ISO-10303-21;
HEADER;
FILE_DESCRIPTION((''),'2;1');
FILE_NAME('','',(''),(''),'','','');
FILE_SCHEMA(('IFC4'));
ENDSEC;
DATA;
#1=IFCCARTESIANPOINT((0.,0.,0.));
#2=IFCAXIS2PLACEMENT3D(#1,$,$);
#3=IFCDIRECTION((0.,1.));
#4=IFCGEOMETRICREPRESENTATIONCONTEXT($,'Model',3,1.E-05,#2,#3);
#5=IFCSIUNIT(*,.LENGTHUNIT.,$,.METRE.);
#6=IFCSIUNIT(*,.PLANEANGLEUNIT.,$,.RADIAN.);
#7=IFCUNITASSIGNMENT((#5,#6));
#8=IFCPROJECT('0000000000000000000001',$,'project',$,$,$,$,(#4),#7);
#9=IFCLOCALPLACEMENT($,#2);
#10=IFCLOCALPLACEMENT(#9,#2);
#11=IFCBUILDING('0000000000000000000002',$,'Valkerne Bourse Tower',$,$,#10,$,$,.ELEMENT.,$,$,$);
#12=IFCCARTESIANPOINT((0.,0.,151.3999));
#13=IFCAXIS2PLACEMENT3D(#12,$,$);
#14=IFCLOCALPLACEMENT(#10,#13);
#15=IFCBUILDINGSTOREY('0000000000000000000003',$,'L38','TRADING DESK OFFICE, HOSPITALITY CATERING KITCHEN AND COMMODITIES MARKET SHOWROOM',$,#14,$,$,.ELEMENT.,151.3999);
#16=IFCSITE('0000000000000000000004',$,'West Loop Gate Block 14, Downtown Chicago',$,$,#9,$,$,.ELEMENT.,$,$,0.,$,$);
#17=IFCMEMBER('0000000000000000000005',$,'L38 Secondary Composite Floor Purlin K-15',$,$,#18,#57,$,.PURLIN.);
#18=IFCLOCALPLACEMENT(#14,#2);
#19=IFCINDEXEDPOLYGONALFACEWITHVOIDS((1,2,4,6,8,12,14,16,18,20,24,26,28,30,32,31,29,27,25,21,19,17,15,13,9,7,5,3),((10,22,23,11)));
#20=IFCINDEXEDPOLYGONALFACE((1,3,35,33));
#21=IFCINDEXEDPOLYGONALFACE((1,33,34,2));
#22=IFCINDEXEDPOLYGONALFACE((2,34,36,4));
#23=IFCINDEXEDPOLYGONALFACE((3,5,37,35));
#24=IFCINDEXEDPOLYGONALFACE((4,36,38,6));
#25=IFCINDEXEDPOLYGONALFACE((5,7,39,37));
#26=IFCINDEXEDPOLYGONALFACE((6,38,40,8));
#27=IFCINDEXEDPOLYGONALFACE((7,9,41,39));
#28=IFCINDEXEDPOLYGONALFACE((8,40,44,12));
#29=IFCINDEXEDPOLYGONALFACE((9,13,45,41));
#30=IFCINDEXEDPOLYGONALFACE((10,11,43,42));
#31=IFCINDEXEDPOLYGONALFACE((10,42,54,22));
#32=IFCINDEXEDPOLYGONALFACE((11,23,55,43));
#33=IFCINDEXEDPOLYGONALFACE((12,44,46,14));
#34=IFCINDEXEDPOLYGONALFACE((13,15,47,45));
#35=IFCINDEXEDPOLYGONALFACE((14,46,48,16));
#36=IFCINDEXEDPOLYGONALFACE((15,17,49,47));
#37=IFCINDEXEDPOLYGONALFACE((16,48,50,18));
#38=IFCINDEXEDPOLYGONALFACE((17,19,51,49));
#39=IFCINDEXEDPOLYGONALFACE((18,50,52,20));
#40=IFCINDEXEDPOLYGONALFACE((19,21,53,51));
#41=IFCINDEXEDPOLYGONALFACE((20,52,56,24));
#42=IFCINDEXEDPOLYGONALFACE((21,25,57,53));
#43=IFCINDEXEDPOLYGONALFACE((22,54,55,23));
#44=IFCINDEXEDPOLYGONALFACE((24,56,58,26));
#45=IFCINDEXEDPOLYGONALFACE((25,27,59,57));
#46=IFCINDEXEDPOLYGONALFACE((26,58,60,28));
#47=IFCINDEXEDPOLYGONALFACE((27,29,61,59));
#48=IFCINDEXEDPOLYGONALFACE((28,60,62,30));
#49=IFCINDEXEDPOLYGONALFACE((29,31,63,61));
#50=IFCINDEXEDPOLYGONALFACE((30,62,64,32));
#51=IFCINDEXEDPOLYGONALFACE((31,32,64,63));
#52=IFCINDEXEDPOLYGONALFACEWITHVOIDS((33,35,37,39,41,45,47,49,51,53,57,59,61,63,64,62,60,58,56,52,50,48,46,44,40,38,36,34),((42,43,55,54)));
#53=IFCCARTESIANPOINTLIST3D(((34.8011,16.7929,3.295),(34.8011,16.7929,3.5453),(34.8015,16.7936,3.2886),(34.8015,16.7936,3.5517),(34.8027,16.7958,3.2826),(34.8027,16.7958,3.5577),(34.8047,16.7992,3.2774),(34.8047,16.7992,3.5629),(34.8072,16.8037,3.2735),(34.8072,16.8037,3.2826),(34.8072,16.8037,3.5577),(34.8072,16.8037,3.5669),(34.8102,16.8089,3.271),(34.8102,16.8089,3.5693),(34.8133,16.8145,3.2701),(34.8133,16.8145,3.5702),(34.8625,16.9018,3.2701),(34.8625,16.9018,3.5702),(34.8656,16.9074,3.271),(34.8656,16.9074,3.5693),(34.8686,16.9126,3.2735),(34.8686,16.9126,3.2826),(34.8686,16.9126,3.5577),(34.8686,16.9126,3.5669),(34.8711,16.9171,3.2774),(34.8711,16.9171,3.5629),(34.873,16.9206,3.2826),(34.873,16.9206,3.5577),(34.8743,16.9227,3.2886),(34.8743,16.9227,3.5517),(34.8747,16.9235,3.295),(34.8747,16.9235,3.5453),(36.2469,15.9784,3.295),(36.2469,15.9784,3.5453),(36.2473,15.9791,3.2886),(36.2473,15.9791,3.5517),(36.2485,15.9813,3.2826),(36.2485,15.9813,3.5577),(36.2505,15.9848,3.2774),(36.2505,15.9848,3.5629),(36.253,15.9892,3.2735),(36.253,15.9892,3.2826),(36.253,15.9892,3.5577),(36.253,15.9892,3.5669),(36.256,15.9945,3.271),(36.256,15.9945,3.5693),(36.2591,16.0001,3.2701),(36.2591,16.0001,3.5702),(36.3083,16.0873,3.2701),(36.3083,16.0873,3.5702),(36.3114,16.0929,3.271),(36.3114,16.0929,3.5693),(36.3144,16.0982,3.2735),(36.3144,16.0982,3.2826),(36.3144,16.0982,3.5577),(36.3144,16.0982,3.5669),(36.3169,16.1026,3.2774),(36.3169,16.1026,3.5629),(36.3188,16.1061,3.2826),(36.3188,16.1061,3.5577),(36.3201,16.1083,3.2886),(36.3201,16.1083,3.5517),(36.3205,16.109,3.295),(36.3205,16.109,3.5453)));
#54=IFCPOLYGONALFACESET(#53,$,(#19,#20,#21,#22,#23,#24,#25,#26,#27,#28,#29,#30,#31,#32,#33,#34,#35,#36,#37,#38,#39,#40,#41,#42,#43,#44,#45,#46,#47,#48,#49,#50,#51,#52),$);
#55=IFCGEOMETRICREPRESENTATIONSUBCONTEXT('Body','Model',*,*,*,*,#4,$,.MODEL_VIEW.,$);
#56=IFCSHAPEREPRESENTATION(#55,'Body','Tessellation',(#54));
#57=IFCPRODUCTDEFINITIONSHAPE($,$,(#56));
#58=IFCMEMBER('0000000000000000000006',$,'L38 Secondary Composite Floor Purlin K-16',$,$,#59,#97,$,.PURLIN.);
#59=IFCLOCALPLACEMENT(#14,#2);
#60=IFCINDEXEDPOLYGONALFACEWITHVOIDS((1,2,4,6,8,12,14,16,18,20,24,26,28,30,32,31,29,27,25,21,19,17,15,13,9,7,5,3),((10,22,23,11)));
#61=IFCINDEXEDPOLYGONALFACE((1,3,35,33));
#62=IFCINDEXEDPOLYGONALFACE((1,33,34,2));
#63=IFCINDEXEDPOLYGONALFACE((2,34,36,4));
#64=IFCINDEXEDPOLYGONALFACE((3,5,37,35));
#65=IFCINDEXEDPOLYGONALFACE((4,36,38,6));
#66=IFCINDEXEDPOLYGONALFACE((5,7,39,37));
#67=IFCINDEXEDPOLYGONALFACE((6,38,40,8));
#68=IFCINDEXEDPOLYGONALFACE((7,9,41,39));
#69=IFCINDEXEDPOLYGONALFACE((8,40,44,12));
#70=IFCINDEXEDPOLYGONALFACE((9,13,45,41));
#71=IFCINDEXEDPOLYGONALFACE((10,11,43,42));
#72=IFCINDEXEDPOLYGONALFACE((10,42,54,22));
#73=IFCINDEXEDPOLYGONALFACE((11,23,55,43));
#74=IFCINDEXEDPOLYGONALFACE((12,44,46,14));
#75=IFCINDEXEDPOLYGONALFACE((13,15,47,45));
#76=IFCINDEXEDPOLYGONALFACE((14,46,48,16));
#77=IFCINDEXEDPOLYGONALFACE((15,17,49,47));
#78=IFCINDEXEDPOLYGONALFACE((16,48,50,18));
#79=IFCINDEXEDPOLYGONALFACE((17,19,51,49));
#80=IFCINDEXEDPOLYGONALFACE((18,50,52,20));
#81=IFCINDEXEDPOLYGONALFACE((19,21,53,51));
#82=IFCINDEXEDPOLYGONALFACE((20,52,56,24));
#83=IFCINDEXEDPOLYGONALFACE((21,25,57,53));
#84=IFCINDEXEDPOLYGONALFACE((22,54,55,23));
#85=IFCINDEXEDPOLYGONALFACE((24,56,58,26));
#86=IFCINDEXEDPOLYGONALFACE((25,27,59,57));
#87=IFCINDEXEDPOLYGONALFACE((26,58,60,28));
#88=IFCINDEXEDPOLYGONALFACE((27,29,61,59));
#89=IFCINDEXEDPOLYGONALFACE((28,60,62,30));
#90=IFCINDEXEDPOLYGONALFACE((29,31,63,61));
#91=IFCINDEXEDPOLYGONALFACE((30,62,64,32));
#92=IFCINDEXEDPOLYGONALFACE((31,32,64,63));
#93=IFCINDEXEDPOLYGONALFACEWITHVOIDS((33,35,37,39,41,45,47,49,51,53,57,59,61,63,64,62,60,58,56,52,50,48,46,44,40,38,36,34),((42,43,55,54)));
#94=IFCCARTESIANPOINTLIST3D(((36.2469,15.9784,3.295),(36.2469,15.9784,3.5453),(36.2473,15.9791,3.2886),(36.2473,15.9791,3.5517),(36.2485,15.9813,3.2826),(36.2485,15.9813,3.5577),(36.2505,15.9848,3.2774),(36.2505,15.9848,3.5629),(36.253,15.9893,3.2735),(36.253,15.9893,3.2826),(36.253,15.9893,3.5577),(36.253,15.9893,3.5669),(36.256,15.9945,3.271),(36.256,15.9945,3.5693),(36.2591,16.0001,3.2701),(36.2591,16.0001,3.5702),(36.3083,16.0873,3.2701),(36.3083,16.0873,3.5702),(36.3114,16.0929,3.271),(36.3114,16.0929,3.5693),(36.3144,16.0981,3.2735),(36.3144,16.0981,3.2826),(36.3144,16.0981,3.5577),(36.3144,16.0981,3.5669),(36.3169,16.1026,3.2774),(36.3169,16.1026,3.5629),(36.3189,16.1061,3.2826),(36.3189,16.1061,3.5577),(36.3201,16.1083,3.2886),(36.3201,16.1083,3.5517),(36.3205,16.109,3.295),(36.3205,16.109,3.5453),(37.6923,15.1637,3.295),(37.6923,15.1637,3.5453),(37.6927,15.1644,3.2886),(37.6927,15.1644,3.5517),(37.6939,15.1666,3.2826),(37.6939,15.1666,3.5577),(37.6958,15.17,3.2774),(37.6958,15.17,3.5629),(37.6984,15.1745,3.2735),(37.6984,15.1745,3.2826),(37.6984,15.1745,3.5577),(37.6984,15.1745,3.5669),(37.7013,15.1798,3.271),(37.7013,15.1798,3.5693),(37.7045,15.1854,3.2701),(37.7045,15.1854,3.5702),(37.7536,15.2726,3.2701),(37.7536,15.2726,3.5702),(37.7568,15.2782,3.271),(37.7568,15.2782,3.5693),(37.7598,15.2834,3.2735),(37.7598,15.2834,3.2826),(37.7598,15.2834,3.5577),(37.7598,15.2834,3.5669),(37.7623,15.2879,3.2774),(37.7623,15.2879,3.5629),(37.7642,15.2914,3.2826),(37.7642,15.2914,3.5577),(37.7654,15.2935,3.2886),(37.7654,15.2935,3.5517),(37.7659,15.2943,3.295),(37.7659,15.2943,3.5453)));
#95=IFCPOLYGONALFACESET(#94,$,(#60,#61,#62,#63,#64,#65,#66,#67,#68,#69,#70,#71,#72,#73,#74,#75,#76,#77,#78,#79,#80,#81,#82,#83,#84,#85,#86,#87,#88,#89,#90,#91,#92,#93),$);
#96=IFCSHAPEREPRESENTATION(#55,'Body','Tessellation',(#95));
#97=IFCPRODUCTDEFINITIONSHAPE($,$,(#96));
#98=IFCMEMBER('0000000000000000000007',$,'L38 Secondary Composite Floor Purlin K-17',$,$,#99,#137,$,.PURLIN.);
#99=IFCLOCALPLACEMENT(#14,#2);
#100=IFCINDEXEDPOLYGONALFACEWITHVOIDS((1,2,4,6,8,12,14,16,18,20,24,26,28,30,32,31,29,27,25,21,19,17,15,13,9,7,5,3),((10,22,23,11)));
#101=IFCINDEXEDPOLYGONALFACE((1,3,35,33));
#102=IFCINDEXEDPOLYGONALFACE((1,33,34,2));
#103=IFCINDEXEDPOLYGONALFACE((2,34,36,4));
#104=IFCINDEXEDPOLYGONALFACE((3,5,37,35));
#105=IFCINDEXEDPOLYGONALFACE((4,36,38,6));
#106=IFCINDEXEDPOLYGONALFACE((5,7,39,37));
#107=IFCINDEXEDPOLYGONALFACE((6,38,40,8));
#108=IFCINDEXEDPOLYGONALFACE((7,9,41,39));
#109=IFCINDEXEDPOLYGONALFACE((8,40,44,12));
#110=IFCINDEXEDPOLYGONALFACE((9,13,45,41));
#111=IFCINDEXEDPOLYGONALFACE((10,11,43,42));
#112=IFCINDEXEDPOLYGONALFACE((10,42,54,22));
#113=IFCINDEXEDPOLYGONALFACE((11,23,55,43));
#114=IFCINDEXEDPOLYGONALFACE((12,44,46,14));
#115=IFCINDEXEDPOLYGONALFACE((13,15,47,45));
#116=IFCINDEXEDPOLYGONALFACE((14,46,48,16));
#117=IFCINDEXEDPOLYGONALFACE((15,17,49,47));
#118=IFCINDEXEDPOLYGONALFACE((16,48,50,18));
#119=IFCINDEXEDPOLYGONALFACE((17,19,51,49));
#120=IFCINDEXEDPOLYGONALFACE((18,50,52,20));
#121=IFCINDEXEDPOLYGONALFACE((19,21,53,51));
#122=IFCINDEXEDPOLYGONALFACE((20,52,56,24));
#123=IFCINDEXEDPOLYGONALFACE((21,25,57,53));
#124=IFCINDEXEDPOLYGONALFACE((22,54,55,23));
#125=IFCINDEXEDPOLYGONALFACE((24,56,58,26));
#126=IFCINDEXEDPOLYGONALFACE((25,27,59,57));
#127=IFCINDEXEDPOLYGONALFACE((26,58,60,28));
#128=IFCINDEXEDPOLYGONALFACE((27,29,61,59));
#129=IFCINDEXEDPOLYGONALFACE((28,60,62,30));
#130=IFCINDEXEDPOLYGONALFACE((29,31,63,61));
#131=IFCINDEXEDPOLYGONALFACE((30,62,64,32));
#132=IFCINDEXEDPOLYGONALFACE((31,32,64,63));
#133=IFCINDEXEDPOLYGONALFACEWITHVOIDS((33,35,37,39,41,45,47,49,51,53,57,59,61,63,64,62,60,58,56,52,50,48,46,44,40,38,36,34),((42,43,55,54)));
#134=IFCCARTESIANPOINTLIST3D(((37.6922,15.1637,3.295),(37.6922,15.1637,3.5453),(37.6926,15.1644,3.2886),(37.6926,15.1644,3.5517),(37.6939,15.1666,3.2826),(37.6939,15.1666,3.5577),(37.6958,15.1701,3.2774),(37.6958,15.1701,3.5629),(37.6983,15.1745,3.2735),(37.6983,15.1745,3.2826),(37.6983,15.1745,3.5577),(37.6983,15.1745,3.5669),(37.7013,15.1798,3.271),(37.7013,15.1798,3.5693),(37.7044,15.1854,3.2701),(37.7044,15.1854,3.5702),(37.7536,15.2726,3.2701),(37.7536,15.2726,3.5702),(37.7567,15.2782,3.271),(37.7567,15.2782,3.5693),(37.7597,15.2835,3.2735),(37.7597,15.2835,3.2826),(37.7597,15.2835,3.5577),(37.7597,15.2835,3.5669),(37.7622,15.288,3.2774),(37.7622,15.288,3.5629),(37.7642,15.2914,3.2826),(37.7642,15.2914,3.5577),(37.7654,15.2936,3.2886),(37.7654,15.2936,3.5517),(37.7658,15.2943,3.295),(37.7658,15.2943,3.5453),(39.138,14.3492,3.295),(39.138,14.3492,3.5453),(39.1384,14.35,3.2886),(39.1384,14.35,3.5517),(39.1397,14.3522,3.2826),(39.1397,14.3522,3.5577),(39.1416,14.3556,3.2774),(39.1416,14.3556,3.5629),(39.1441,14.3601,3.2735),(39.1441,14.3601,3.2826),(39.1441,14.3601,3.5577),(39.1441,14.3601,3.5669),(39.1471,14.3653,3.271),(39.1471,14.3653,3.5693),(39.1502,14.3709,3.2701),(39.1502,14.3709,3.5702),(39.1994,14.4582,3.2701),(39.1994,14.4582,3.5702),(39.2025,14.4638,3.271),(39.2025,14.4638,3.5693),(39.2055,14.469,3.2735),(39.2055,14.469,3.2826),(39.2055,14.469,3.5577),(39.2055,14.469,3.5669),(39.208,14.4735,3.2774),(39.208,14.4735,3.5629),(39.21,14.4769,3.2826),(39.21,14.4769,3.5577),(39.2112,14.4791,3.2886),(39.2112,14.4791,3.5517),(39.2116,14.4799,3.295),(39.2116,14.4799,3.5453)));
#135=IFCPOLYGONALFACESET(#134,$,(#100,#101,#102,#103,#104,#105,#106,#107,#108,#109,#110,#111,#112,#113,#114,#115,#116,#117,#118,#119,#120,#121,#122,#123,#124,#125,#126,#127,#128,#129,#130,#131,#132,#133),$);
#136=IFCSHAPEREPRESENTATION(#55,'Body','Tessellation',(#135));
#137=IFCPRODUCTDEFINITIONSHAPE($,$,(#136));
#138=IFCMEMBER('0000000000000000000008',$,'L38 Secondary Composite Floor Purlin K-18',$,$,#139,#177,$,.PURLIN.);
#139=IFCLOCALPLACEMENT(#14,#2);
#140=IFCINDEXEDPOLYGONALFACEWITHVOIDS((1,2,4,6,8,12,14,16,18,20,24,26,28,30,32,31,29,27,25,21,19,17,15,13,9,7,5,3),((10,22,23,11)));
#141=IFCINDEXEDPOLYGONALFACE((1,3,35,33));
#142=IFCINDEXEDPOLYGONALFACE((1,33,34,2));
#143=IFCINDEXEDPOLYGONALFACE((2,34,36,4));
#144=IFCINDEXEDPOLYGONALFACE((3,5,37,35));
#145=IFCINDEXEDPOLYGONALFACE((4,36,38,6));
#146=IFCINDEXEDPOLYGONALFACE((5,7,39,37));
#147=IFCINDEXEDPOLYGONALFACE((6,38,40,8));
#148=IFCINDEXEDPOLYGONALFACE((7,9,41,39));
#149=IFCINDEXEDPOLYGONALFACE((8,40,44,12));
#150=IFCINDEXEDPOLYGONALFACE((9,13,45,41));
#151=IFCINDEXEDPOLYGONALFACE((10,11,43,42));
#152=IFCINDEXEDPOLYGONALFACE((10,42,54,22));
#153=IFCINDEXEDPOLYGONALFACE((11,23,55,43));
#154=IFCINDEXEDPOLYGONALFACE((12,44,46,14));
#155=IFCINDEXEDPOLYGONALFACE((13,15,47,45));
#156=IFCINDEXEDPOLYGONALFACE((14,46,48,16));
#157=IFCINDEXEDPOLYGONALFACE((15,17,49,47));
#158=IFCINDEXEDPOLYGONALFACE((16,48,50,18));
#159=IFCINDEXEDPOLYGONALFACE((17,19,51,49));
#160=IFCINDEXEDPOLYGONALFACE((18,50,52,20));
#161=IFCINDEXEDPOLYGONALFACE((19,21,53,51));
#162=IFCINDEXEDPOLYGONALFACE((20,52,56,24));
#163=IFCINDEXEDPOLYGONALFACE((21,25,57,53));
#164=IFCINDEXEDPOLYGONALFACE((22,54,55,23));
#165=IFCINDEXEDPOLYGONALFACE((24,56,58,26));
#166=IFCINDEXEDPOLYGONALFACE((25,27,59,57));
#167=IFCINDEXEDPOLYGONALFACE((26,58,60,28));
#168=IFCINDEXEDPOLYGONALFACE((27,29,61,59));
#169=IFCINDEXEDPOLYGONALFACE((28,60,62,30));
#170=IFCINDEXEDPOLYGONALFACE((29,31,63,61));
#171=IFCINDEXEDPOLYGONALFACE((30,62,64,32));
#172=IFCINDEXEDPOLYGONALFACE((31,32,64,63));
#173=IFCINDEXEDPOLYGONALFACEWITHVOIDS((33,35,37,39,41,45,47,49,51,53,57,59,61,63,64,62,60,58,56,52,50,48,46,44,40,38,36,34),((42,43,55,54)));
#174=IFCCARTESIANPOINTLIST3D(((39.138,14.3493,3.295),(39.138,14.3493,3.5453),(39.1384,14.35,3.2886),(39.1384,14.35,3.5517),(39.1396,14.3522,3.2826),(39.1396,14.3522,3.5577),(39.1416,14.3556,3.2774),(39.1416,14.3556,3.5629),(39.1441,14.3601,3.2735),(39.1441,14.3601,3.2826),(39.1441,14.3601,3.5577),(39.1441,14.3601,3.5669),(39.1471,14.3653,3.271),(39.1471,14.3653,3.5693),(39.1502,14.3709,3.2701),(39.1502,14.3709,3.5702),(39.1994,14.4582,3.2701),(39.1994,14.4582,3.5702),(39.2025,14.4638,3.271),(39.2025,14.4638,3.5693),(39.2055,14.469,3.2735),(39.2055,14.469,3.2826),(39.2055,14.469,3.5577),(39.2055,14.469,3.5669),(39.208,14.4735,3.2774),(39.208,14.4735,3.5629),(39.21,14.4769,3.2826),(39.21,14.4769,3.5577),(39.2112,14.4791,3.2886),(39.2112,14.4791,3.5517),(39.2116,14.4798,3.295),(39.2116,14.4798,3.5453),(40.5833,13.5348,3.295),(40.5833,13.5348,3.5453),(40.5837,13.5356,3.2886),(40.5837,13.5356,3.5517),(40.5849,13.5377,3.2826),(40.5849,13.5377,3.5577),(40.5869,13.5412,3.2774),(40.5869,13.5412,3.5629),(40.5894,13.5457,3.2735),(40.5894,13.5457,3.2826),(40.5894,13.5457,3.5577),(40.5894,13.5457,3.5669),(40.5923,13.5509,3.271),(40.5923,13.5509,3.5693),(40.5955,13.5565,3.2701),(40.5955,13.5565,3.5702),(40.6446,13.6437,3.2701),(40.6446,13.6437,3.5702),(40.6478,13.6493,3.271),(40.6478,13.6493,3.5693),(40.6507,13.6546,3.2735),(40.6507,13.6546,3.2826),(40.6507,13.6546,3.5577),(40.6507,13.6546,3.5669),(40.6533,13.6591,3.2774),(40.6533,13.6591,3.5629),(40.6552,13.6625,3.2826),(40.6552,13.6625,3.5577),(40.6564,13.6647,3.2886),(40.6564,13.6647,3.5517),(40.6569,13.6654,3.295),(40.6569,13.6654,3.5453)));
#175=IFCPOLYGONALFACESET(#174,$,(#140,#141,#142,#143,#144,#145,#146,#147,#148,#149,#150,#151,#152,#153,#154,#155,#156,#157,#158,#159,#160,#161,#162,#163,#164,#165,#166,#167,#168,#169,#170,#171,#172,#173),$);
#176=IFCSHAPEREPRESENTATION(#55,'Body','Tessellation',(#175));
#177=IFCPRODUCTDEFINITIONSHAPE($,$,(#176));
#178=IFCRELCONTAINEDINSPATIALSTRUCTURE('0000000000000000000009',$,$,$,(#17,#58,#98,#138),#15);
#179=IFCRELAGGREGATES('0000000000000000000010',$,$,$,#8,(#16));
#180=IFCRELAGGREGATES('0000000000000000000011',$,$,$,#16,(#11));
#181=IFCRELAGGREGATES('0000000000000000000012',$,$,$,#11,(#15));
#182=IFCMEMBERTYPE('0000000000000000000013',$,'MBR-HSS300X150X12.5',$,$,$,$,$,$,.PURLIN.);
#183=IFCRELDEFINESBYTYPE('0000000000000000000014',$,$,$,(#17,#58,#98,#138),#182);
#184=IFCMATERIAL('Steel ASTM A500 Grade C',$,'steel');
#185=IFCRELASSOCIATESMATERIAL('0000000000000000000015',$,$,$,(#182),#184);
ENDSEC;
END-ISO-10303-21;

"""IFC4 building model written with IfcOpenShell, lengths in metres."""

from ifc_helpers import new_model, si_unit, direction, frame, origin, origin_2d, place, context, subcontext, project, spatial, hollow_rectangle, extrude, material, material_profile, profile_set, type_object, element, save


model = new_model("IFC4")

# Units and contexts
model_context = context("Model", 3, precision=1e-05, world=origin(), true_north=direction((0.0, 1.0)))
body_context = subcontext(model_context, "Body", "Model", "MODEL_VIEW")
ifc_project = project(units=[si_unit("LENGTHUNIT", "METRE"), si_unit("PLANEANGLEUNIT", "RADIAN")], contexts=[model_context])

# Site, building, storey
site_placement = place(None, origin())
site = spatial("IfcSite", under=ifc_project, at=site_placement, Name="West Loop Gate Block 14, Downtown Chicago", CompositionType="ELEMENT", RefElevation=0.0)
building_placement = place(site_placement, origin())
building = spatial("IfcBuilding", under=site, at=building_placement, Name="Valkerne Bourse Tower", CompositionType="ELEMENT")
storey_placement = place(building_placement, frame((0.0, 0.0, 151.3999)))
storey = spatial("IfcBuildingStorey", under=building, at=storey_placement, Name="L38", Description="TRADING DESK OFFICE, HOSPITALITY CATERING KITCHEN AND COMMODITIES MARKET SHOWROOM", CompositionType="ELEMENT", Elevation=151.3999)

# Members
ifc_material_1 = material(Name="Steel ASTM A500 Grade C", Category="steel")
ifc_material_profile_1 = material_profile(ifc_material_1, hollow_rectangle(XDim=0.1499, YDim=0.3, WallThickness=0.0125, OuterFilletRadius=0.0249, at=origin_2d()), Name="HSS300X150X12.5")
ifc_profile_set_1 = profile_set([ifc_material_profile_1], Name="Steel ASTM A500 Grade C")
member_type_1 = type_object("IfcMemberType", Name="MBR-HSS300X150X12.5", PredefinedType="PURLIN", material=ifc_profile_set_1)
member_1_placement = place(storey_placement, frame((34.8379, 16.8582, 3.4202), z_axis=(0.871269, -0.490806, 0.0), x_axis=(0.490806, 0.871269, 0.0)))
element("IfcMember", 1, at=member_1_placement, inside=storey, type_object=member_type_1, Name="L38 Secondary Composite Floor Purlin K-15", PredefinedType="PURLIN", context=body_context, shape_type="SweptSolid", body=[
    extrude(hollow_rectangle(XDim=0.1499, YDim=0.3, WallThickness=0.0125, OuterFilletRadius=0.0249, at=origin_2d()), origin(), (0.0, 0.0, 1.0), 1.6594),
])
member_2_placement = place(storey_placement, frame((36.2837, 16.0437, 3.4202), z_axis=(0.871135, -0.491044, 0.0), x_axis=(0.491044, 0.871135, 0.0)))
element("IfcMember", 2, at=member_2_placement, inside=storey, type_object=member_type_1, Name="L38 Secondary Composite Floor Purlin K-16", PredefinedType="PURLIN", context=body_context, shape_type="SweptSolid", body=[
    extrude(hollow_rectangle(XDim=0.1499, YDim=0.3, WallThickness=0.0125, OuterFilletRadius=0.0249, at=origin_2d()), origin(), (0.0, 0.0, 1.0), 1.6592),
])
member_3_placement = place(storey_placement, frame((37.729, 15.229, 3.4202), z_axis=(0.871269, -0.490806, 0.0), x_axis=(0.490806, 0.871269, 0.0)))
element("IfcMember", 3, at=member_3_placement, inside=storey, type_object=member_type_1, Name="L38 Secondary Composite Floor Purlin K-17", PredefinedType="PURLIN", context=body_context, shape_type="SweptSolid", body=[
    extrude(hollow_rectangle(XDim=0.1499, YDim=0.3, WallThickness=0.0125, OuterFilletRadius=0.0249, at=origin_2d()), origin(), (0.0, 0.0, 1.0), 1.6594),
])
member_4_placement = place(storey_placement, frame((39.1748, 14.4146, 3.4202), z_axis=(0.871198, -0.490932, 0.0), x_axis=(0.490932, 0.871198, 0.0)))
element("IfcMember", 4, at=member_4_placement, inside=storey, type_object=member_type_1, Name="L38 Secondary Composite Floor Purlin K-18", PredefinedType="PURLIN", context=body_context, shape_type="SweptSolid", body=[
    extrude(hollow_rectangle(XDim=0.1499, YDim=0.3, WallThickness=0.0125, OuterFilletRadius=0.0249, at=origin_2d()), origin(), (0.0, 0.0, 1.0), 1.6589),
])

save(model, "model.ifc")
